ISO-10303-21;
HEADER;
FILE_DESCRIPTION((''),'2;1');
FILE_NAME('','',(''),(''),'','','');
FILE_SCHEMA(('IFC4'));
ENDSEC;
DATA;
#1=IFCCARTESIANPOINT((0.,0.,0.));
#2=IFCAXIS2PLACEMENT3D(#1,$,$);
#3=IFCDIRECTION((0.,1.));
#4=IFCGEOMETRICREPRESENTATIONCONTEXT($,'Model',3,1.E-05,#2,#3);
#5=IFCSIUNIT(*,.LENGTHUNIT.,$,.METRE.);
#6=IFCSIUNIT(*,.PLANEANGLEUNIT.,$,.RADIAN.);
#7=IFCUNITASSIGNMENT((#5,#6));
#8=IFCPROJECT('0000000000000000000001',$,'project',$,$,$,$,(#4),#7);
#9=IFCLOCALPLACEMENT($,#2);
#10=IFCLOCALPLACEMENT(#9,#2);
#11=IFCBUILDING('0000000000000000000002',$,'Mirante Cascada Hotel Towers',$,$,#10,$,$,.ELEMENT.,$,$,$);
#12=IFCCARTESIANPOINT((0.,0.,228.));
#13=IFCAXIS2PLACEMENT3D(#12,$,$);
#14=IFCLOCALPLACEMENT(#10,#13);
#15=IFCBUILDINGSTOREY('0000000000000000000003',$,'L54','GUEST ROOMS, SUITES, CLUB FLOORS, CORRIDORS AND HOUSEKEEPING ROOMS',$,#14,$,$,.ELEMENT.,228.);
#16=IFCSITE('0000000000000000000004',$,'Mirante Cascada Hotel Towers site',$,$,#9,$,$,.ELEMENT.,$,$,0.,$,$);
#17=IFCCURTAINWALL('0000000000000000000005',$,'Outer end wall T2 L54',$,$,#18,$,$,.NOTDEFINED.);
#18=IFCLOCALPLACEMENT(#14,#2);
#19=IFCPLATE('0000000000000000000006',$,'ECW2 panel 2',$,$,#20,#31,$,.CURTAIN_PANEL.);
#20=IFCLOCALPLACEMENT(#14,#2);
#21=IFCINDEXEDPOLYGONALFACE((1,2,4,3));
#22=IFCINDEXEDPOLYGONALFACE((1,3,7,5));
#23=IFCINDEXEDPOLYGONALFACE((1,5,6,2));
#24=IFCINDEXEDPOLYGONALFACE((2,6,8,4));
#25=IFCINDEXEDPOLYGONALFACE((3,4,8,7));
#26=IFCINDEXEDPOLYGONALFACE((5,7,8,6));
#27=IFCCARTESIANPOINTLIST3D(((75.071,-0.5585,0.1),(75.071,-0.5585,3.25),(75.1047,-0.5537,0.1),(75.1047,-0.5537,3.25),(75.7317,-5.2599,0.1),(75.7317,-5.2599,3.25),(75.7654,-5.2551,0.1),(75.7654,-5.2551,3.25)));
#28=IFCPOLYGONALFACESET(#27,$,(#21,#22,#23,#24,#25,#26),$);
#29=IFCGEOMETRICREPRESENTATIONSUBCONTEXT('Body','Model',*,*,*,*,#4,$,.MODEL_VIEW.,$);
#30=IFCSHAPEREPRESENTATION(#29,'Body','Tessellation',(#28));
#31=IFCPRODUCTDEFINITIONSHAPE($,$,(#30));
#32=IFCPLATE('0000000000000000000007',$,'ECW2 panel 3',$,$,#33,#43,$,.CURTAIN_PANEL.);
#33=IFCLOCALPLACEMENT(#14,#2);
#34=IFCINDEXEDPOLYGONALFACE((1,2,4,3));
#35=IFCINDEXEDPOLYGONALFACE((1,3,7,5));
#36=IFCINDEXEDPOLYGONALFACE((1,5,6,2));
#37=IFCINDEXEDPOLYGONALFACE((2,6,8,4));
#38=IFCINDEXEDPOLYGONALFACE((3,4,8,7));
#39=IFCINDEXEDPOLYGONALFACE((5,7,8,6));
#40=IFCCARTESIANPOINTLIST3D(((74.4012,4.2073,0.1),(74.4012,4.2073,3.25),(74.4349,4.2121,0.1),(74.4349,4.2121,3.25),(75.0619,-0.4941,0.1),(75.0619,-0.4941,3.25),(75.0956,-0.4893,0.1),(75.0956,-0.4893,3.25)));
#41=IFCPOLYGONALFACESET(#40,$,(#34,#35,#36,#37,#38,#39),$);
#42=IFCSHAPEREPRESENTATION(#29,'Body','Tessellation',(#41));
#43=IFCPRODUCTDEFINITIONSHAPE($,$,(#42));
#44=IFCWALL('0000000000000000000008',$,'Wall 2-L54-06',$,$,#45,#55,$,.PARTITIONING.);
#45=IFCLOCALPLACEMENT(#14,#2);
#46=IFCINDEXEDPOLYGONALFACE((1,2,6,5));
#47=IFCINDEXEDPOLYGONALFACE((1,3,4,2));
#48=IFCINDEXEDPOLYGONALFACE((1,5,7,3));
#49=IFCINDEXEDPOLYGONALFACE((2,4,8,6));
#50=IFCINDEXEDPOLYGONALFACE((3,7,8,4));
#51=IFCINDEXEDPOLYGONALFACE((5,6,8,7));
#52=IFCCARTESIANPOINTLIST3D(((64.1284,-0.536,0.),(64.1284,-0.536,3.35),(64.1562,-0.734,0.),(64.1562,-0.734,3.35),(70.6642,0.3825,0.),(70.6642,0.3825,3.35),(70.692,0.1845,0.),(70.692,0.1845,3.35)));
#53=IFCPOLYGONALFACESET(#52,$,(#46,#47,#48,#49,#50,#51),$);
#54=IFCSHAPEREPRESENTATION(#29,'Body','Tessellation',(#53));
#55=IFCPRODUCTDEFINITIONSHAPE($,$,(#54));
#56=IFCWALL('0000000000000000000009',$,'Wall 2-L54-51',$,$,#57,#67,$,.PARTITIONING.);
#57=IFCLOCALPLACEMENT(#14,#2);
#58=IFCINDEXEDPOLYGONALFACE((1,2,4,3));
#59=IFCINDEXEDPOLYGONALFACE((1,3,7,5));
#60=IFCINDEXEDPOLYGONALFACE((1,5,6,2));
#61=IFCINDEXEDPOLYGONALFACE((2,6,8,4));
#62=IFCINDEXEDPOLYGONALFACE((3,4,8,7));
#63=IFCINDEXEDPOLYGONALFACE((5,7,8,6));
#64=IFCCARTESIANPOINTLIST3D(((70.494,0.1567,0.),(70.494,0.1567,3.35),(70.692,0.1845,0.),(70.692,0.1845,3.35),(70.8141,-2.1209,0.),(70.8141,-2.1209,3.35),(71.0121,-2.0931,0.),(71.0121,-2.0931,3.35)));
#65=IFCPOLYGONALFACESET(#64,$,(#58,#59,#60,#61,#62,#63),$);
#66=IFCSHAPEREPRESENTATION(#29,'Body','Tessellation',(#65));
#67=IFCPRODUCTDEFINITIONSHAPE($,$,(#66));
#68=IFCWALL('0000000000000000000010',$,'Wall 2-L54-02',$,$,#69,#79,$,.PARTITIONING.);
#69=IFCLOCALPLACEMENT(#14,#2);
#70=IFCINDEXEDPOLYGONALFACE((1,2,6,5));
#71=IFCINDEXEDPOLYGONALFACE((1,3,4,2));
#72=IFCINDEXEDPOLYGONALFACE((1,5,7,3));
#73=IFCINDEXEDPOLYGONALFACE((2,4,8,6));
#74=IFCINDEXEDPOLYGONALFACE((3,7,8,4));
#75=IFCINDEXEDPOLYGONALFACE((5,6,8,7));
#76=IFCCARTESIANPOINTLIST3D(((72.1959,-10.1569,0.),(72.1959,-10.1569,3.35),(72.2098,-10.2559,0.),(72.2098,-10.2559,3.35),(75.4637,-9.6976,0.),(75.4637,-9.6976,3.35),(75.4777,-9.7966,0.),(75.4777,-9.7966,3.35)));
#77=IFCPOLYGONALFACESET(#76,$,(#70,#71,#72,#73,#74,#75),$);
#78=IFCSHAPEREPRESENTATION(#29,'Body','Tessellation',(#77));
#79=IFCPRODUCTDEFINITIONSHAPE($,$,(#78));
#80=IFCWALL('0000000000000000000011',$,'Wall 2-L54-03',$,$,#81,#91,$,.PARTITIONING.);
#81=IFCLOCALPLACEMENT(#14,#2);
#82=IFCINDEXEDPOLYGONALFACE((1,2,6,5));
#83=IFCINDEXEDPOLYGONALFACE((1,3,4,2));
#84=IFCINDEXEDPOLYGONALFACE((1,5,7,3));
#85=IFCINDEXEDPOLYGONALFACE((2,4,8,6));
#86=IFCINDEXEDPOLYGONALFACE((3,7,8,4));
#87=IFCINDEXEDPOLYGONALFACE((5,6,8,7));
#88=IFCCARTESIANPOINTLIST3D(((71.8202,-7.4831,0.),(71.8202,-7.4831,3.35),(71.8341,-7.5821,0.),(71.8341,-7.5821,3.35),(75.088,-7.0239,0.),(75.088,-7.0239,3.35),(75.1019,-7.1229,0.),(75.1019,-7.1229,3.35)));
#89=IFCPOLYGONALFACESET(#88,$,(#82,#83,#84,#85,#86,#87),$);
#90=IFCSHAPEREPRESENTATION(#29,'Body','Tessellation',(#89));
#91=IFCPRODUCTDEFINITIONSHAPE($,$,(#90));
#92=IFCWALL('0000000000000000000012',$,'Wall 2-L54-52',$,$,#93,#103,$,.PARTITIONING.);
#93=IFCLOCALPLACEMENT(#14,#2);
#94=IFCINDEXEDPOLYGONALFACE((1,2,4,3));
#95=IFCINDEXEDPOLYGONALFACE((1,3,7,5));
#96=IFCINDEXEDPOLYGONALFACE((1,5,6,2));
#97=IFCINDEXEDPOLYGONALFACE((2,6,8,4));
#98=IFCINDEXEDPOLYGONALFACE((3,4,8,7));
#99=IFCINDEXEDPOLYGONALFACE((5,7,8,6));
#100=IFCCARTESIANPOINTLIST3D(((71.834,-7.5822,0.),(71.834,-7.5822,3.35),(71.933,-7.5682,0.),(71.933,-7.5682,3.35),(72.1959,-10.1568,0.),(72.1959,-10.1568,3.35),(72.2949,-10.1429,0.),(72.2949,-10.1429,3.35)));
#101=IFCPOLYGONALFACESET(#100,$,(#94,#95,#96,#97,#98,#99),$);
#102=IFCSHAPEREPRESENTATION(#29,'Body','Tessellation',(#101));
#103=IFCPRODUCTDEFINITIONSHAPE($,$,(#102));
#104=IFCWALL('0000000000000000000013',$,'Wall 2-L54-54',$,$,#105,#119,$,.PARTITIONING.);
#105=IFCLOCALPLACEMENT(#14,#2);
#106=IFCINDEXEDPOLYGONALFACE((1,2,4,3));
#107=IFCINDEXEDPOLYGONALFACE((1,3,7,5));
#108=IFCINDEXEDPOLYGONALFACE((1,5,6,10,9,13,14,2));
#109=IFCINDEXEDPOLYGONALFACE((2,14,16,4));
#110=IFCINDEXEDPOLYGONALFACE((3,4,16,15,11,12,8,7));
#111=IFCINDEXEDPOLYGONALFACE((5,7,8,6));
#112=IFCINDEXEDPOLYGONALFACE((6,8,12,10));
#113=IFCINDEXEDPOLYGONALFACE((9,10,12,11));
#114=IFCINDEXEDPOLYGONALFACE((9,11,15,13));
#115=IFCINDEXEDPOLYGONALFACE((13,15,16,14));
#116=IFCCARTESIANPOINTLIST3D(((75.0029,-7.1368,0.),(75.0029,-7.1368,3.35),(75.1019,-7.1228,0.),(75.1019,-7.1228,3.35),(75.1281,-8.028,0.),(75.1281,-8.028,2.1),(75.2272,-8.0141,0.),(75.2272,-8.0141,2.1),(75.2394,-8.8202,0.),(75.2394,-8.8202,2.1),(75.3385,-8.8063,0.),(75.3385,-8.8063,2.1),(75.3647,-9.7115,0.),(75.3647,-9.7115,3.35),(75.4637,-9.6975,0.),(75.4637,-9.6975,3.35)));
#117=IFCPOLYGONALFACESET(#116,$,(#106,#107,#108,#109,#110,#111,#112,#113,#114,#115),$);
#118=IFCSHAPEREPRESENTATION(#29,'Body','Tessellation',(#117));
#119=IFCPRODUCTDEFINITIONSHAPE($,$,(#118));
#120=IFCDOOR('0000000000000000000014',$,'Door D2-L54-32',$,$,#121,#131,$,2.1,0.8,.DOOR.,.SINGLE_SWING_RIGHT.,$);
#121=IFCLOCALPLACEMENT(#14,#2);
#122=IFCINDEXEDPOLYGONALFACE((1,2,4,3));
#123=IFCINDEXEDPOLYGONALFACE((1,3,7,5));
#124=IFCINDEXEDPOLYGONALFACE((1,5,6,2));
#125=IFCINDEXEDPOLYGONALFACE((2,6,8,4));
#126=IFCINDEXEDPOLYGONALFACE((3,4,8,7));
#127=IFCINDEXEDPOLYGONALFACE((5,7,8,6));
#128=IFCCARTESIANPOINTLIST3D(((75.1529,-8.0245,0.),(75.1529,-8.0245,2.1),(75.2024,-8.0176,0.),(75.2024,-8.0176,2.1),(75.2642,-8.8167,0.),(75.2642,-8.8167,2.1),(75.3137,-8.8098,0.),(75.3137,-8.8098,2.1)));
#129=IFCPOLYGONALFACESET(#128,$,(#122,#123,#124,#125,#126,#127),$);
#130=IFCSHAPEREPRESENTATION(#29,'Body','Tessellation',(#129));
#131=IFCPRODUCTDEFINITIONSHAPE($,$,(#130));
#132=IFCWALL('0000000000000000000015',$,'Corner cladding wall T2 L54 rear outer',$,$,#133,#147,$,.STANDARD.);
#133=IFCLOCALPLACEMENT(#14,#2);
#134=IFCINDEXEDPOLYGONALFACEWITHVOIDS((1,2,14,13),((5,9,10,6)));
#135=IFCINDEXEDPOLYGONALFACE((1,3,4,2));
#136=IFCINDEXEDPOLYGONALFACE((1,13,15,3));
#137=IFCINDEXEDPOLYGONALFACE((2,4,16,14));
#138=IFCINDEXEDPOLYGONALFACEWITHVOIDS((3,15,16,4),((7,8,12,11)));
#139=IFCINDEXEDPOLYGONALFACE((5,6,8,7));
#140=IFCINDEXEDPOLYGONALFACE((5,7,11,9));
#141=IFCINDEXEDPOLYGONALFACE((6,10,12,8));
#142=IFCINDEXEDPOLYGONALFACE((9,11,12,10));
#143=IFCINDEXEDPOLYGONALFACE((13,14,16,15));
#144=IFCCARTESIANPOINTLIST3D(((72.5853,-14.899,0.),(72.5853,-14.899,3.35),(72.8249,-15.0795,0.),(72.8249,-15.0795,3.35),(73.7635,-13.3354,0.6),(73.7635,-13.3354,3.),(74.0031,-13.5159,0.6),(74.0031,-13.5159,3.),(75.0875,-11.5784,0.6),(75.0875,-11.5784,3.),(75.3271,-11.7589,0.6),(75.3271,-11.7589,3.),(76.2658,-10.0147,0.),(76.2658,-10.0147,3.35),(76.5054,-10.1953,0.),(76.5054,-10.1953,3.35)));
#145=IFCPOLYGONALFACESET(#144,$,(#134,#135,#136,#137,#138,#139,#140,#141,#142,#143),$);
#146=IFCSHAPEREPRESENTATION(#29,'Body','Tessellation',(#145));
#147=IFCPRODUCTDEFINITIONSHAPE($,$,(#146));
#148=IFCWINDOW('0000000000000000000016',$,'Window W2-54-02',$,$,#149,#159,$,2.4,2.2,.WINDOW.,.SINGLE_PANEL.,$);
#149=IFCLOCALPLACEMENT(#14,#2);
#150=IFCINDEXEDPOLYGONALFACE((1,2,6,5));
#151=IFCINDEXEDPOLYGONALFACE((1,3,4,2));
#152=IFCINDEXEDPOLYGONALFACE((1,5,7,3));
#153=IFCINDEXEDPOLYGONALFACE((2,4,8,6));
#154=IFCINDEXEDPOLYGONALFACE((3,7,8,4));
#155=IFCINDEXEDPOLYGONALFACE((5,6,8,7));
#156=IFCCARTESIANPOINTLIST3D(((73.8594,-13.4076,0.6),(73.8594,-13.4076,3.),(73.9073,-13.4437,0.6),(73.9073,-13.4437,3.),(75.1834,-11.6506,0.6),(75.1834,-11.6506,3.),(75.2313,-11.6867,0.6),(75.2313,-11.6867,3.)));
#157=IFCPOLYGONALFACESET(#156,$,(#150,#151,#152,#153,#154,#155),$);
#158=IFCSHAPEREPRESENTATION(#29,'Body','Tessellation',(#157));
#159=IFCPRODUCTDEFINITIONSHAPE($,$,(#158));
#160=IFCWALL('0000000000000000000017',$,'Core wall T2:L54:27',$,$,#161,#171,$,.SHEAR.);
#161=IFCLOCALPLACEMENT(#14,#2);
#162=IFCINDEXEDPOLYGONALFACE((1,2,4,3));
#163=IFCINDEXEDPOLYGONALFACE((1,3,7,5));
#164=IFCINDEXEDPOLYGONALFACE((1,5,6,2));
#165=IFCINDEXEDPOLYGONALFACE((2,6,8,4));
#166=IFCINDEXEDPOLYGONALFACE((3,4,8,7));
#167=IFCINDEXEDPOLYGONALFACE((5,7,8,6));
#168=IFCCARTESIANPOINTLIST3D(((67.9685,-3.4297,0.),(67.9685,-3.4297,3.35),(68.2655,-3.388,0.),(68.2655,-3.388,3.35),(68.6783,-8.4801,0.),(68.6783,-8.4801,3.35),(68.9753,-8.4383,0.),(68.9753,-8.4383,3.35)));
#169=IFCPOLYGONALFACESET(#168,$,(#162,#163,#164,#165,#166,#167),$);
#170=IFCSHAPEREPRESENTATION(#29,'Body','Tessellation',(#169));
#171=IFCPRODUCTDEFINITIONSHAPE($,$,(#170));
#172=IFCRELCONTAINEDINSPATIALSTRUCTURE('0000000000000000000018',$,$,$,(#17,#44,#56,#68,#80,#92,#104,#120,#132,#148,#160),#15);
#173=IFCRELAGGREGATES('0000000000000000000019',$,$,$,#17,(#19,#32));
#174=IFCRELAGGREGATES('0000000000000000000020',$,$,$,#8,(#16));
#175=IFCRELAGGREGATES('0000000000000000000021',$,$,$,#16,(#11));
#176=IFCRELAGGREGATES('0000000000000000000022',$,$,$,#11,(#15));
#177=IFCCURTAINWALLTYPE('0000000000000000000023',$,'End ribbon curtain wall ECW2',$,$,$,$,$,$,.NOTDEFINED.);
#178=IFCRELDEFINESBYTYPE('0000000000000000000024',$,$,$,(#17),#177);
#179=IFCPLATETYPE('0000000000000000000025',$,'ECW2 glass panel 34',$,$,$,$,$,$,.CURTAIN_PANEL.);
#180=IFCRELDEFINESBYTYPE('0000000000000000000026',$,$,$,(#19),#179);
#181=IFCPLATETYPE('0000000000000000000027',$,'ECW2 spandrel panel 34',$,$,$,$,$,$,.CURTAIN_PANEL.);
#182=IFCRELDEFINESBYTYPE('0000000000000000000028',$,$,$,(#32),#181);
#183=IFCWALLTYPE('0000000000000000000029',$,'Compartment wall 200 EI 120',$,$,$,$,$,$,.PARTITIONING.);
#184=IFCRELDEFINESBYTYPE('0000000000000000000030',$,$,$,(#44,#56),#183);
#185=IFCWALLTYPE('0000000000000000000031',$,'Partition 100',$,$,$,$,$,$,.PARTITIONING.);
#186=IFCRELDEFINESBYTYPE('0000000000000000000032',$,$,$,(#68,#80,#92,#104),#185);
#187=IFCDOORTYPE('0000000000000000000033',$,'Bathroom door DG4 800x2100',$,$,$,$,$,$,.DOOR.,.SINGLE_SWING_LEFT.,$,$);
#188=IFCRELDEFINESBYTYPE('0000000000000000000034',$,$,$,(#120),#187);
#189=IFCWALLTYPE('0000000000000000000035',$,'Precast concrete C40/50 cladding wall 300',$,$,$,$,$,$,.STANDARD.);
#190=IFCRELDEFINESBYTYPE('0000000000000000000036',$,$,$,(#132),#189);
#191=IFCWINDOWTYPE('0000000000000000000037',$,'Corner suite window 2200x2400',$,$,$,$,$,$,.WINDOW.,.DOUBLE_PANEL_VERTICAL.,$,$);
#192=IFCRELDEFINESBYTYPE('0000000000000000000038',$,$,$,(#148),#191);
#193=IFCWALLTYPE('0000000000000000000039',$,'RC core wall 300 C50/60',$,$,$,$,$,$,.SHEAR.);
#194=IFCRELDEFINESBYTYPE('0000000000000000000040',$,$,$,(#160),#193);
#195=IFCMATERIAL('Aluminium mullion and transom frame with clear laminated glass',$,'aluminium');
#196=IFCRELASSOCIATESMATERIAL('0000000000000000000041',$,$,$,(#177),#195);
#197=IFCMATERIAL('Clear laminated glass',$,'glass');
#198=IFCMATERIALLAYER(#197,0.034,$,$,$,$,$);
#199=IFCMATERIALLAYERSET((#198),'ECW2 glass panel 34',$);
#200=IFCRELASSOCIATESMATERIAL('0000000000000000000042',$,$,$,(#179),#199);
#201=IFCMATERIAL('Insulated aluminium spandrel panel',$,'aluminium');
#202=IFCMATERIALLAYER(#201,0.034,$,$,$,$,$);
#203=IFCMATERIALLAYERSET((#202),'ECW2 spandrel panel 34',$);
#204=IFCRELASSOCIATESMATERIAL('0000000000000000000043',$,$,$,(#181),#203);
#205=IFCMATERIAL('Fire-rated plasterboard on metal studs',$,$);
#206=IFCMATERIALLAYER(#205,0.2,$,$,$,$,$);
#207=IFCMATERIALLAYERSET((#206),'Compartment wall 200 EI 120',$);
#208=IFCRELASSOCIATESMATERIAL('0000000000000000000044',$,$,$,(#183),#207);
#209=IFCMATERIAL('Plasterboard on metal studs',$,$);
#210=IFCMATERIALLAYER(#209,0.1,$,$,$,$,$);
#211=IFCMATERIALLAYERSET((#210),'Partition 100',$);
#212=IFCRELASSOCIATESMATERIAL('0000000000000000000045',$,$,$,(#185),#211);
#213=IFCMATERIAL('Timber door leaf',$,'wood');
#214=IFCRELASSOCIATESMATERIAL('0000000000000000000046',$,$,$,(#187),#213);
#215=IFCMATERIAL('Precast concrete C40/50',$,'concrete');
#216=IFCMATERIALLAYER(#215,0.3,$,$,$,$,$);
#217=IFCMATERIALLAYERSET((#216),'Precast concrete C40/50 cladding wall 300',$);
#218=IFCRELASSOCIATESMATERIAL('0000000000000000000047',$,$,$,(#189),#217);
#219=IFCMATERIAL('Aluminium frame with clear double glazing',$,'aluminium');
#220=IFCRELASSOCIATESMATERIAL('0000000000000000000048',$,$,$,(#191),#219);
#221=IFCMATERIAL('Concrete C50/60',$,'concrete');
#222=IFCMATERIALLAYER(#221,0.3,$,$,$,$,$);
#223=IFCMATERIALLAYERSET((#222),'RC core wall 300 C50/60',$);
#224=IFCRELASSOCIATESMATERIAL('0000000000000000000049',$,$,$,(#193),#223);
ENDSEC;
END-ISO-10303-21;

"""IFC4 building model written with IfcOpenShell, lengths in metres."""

from ifc_helpers import new_model, si_unit, direction, frame, frame_2d, origin, origin_2d, place, context, subcontext, project, spatial, rectangle, extrude, material, layer, layer_set, type_object, element, fill, aggregate, save


model = new_model("IFC4")

# Units and contexts
model_context = context("Model", 3, precision=1e-05, world=origin(), true_north=direction((0.0, 1.0)))
body_context = subcontext(model_context, "Body", "Model", "MODEL_VIEW")
ifc_project = project(units=[si_unit("LENGTHUNIT", "METRE"), si_unit("PLANEANGLEUNIT", "RADIAN")], contexts=[model_context])

# Site, building, storey
site_placement = place(None, origin())
site = spatial("IfcSite", under=ifc_project, at=site_placement, Name="Mirante Cascada Hotel Towers site", CompositionType="ELEMENT", RefElevation=0.0)
building_placement = place(site_placement, origin())
building = spatial("IfcBuilding", under=site, at=building_placement, Name="Mirante Cascada Hotel Towers", CompositionType="ELEMENT")
storey_placement = place(building_placement, frame((0.0, 0.0, 228.0)))
storey = spatial("IfcBuildingStorey", under=building, at=storey_placement, Name="L54", Description="GUEST ROOMS, SUITES, CLUB FLOORS, CORRIDORS AND HOUSEKEEPING ROOMS", CompositionType="ELEMENT", Elevation=228.0)

# Curtain wall, plates
ifc_material_1 = material(Name="Aluminium mullion and transom frame with clear laminated glass", Category="aluminium")
curtain_wall_type = type_object("IfcCurtainWallType", Name="End ribbon curtain wall ECW2", PredefinedType="NOTDEFINED", material=ifc_material_1)
curtain_wall_placement = place(storey_placement, origin())
curtain_wall = element("IfcCurtainWall", 1, at=curtain_wall_placement, inside=storey, type_object=curtain_wall_type, Name="Outer end wall T2 L54", PredefinedType="NOTDEFINED")
ifc_material_2 = material(Name="Clear laminated glass", Category="glass")
ifc_layer_1 = layer(ifc_material_2, 0.034)
ifc_layer_set_1 = layer_set([ifc_layer_1], Name="ECW2 glass panel 34")
plate_type_1 = type_object("IfcPlateType", Name="ECW2 glass panel 34", PredefinedType="CURTAIN_PANEL", material=ifc_layer_set_1)
plate_1_placement = place(storey_placement, frame((75.4182, -2.9068, 0.1), z_axis=(0.0, 0.0, 1.0), x_axis=(-0.139173, 0.990268, 0.0)))
plate_1 = element("IfcPlate", 2, at=plate_1_placement, type_object=plate_type_1, Name="ECW2 panel 2", PredefinedType="CURTAIN_PANEL", context=body_context, shape_type="SweptSolid", body=[
    extrude(rectangle(XDim=4.7476, YDim=0.034, at=origin_2d()), origin(), (0.0, 0.0, 1.0), 3.15),
])
ifc_material_3 = material(Name="Insulated aluminium spandrel panel", Category="aluminium")
ifc_layer_2 = layer(ifc_material_3, 0.034)
ifc_layer_set_2 = layer_set([ifc_layer_2], Name="ECW2 spandrel panel 34")
plate_type_2 = type_object("IfcPlateType", Name="ECW2 spandrel panel 34", PredefinedType="CURTAIN_PANEL", material=ifc_layer_set_2)
plate_2_placement = place(storey_placement, frame((74.7484, 1.859, 0.1), z_axis=(0.0, 0.0, 1.0), x_axis=(-0.139173, 0.990268, 0.0)))
plate_2 = element("IfcPlate", 3, at=plate_2_placement, type_object=plate_type_2, Name="ECW2 panel 3", PredefinedType="CURTAIN_PANEL", context=body_context, shape_type="SweptSolid", body=[
    extrude(rectangle(XDim=4.7476, YDim=0.034, at=origin_2d()), origin(), (0.0, 0.0, 1.0), 3.15),
])
aggregate(curtain_wall, [plate_1, plate_2])

# Walls
ifc_material_4 = material(Name="Fire-rated plasterboard on metal studs")
ifc_layer_3 = layer(ifc_material_4, 0.2)
ifc_layer_set_3 = layer_set([ifc_layer_3], Name="Compartment wall 200 EI 120")
wall_type_1 = type_object("IfcWallType", Name="Compartment wall 200 EI 120", PredefinedType="PARTITIONING", material=ifc_layer_set_3)
wall_1_placement = place(storey_placement, frame((70.6781, 0.2835, 0.0), z_axis=(0.0, 0.0, 1.0), x_axis=(-0.990269, -0.139166, 0.0)))
element("IfcWall", 4, at=wall_1_placement, inside=storey, type_object=wall_type_1, Name="Wall 2-L54-06", PredefinedType="PARTITIONING", context=body_context, shape_type="SweptSolid", body=[
    extrude(rectangle(XDim=6.6, YDim=0.2, at=frame_2d((3.3, 0.0))), origin(), (0.0, 0.0, 1.0), 3.35),
])
wall_2_placement = place(storey_placement, frame((70.9131, -2.107, 0.0), z_axis=(0.0, 0.0, 1.0), x_axis=(-0.139175, 0.990268, 0.0)))
element("IfcWall", 5, at=wall_2_placement, inside=storey, type_object=wall_type_1, Name="Wall 2-L54-51", PredefinedType="PARTITIONING", context=body_context, shape_type="SweptSolid", body=[
    extrude(rectangle(XDim=2.3, YDim=0.2, at=frame_2d((1.15, 0.0))), origin(), (0.0, 0.0, 1.0), 3.35),
])
ifc_material_5 = material(Name="Plasterboard on metal studs")
ifc_layer_4 = layer(ifc_material_5, 0.1)
ifc_layer_set_4 = layer_set([ifc_layer_4], Name="Partition 100")
wall_type_2 = type_object("IfcWallType", Name="Partition 100", PredefinedType="PARTITIONING", material=ifc_layer_set_4)
wall_3_placement = place(storey_placement, frame((75.4707, -9.7471, 0.0), z_axis=(0.0, 0.0, 1.0), x_axis=(-0.990267, -0.139181, 0.0)))
element("IfcWall", 6, at=wall_3_placement, inside=storey, type_object=wall_type_2, Name="Wall 2-L54-02", PredefinedType="PARTITIONING", context=body_context, shape_type="SweptSolid", body=[
    extrude(rectangle(XDim=3.3, YDim=0.1, at=frame_2d((1.65, 0.0))), origin(), (0.0, 0.0, 1.0), 3.35),
])
wall_4_placement = place(storey_placement, frame((71.8271, -7.5326, 0.0), z_axis=(0.0, 0.0, 1.0), x_axis=(0.990271, 0.139155, 0.0)))
element("IfcWall", 7, at=wall_4_placement, inside=storey, type_object=wall_type_2, Name="Wall 2-L54-03", PredefinedType="PARTITIONING", context=body_context, shape_type="SweptSolid", body=[
    extrude(rectangle(XDim=3.2999, YDim=0.1, at=frame_2d((1.65, 0.0))), origin(), (0.0, 0.0, 1.0), 3.35),
])
wall_5_placement = place(storey_placement, frame((71.8835, -7.5752, 0.0), z_axis=(0.0, 0.0, 1.0), x_axis=(0.139192, -0.990265, 0.0)))
element("IfcWall", 8, at=wall_5_placement, inside=storey, type_object=wall_type_2, Name="Wall 2-L54-52", PredefinedType="PARTITIONING", context=body_context, shape_type="SweptSolid", body=[
    extrude(rectangle(XDim=2.6, YDim=0.1, at=frame_2d((1.3, 0.0))), origin(), (0.0, 0.0, 1.0), 3.35),
])

# Wall, opening, door
wall_6_placement = place(storey_placement, frame((75.0524, -7.1298, 0.0), z_axis=(0.0, 0.0, 1.0), x_axis=(0.139154, -0.990271, 0.0)))
wall_6 = element("IfcWall", 9, at=wall_6_placement, inside=storey, type_object=wall_type_2, Name="Wall 2-L54-54", PredefinedType="PARTITIONING", context=body_context, shape_type="SweptSolid", body=[
    extrude(rectangle(XDim=2.6, YDim=0.1, at=frame_2d((1.3, 0.0))), origin(), (0.0, 0.0, 1.0), 3.35),
])
opening_1_placement = place(wall_6_placement, frame((0.9, 0.0, 0.0)))
opening_1 = element("IfcOpeningElement", 10, at=opening_1_placement, cuts=wall_6, PredefinedType="OPENING", context=body_context, shape_type="SweptSolid", body=[
    extrude(rectangle(XDim=0.8, YDim=2.1, at=frame_2d((0.4, 1.05))), frame((0.0, 0.05, 0.0), z_axis=(0.0, -1.0, 0.0), x_axis=(1.0, 0.0, 0.0)), (0.0, 0.0, 1.0), 0.1),
])
ifc_material_6 = material(Name="Timber door leaf", Category="wood")
door_type = type_object("IfcDoorType", Name="Bathroom door DG4 800x2100", OperationType="SINGLE_SWING_LEFT", PredefinedType="DOOR", material=ifc_material_6)
door_placement = place(opening_1_placement, frame((0.8, 0.0, 0.0), z_axis=(0.0, 0.0, 1.0), x_axis=(-1.0, 0.0, 0.0)))
door = element("IfcDoor", 11, at=door_placement, inside=storey, type_object=door_type, Name="Door D2-L54-32", OperationType="SINGLE_SWING_RIGHT", OverallHeight=2.1, OverallWidth=0.8, PredefinedType="DOOR", context=body_context, shape_type="SweptSolid", body=[
    extrude(rectangle(XDim=0.8, YDim=2.1, at=frame_2d((0.4, 1.05))), frame((0.0, 0.025, 0.0), z_axis=(0.0, -1.0, 0.0), x_axis=(1.0, 0.0, 0.0)), (0.0, 0.0, 1.0), 0.05),
])
fill(opening_1, door)

# Wall, opening, window
ifc_material_7 = material(Name="Precast concrete C40/50", Category="concrete")
ifc_layer_5 = layer(ifc_material_7, 0.3)
ifc_layer_set_5 = layer_set([ifc_layer_5], Name="Precast concrete C40/50 cladding wall 300")
wall_type_3 = type_object("IfcWallType", Name="Precast concrete C40/50 cladding wall 300", PredefinedType="STANDARD", material=ifc_layer_set_5)
wall_7_placement = place(storey_placement, frame((72.7051, -14.9892, 0.0), z_axis=(0.0, 0.0, 1.0), x_axis=(0.601814, 0.798636, 0.0)))
wall_7 = element("IfcWall", 12, at=wall_7_placement, inside=storey, type_object=wall_type_3, Name="Corner cladding wall T2 L54 rear outer", PredefinedType="STANDARD", context=body_context, shape_type="SweptSolid", body=[
    extrude(rectangle(XDim=6.1157, YDim=0.3, at=frame_2d((3.0578, 0.0))), origin(), (0.0, 0.0, 1.0), 3.35),
])
opening_2_placement = place(wall_7_placement, frame((1.9578, 0.0, 0.6)))
opening_2 = element("IfcOpeningElement", 13, at=opening_2_placement, cuts=wall_7, PredefinedType="OPENING", context=body_context, shape_type="SweptSolid", body=[
    extrude(rectangle(XDim=2.2, YDim=2.4, at=frame_2d((1.1, 1.2))), frame((0.0, 0.15, 0.0), z_axis=(0.0, -1.0, 0.0), x_axis=(1.0, 0.0, 0.0)), (0.0, 0.0, 1.0), 0.3),
])
ifc_material_8 = material(Name="Aluminium frame with clear double glazing", Category="aluminium")
window_type = type_object("IfcWindowType", Name="Corner suite window 2200x2400", PartitioningType="DOUBLE_PANEL_VERTICAL", PredefinedType="WINDOW", material=ifc_material_8)
window_placement = place(opening_2_placement, origin())
window = element("IfcWindow", 14, at=window_placement, inside=storey, type_object=window_type, Name="Window W2-54-02", OverallHeight=2.4, OverallWidth=2.2, PartitioningType="SINGLE_PANEL", PredefinedType="WINDOW", context=body_context, shape_type="SweptSolid", body=[
    extrude(rectangle(XDim=2.2, YDim=2.4, at=frame_2d((1.1, 1.2))), frame((0.0, 0.03, 0.0), z_axis=(0.0, -1.0, 0.0), x_axis=(1.0, 0.0, 0.0)), (0.0, 0.0, 1.0), 0.06),
])
fill(opening_2, window)

# Wall
ifc_material_9 = material(Name="Concrete C50/60", Category="concrete")
ifc_layer_6 = layer(ifc_material_9, 0.3)
ifc_layer_set_6 = layer_set([ifc_layer_6], Name="RC core wall 300 C50/60")
wall_type_4 = type_object("IfcWallType", Name="RC core wall 300 C50/60", PredefinedType="SHEAR", material=ifc_layer_set_6)
wall_8_placement = place(storey_placement, frame((68.8268, -8.4592, 0.0), z_axis=(0.0, 0.0, 1.0), x_axis=(-0.139176, 0.990268, 0.0)))
element("IfcWall", 15, at=wall_8_placement, inside=storey, type_object=wall_type_4, Name="Core wall T2:L54:27", PredefinedType="SHEAR", context=body_context, shape_type="SweptSolid", body=[
    extrude(rectangle(XDim=5.1, YDim=0.3, at=frame_2d((2.55, 0.0))), origin(), (0.0, 0.0, 1.0), 3.35),
])

save(model, "model.ifc")
